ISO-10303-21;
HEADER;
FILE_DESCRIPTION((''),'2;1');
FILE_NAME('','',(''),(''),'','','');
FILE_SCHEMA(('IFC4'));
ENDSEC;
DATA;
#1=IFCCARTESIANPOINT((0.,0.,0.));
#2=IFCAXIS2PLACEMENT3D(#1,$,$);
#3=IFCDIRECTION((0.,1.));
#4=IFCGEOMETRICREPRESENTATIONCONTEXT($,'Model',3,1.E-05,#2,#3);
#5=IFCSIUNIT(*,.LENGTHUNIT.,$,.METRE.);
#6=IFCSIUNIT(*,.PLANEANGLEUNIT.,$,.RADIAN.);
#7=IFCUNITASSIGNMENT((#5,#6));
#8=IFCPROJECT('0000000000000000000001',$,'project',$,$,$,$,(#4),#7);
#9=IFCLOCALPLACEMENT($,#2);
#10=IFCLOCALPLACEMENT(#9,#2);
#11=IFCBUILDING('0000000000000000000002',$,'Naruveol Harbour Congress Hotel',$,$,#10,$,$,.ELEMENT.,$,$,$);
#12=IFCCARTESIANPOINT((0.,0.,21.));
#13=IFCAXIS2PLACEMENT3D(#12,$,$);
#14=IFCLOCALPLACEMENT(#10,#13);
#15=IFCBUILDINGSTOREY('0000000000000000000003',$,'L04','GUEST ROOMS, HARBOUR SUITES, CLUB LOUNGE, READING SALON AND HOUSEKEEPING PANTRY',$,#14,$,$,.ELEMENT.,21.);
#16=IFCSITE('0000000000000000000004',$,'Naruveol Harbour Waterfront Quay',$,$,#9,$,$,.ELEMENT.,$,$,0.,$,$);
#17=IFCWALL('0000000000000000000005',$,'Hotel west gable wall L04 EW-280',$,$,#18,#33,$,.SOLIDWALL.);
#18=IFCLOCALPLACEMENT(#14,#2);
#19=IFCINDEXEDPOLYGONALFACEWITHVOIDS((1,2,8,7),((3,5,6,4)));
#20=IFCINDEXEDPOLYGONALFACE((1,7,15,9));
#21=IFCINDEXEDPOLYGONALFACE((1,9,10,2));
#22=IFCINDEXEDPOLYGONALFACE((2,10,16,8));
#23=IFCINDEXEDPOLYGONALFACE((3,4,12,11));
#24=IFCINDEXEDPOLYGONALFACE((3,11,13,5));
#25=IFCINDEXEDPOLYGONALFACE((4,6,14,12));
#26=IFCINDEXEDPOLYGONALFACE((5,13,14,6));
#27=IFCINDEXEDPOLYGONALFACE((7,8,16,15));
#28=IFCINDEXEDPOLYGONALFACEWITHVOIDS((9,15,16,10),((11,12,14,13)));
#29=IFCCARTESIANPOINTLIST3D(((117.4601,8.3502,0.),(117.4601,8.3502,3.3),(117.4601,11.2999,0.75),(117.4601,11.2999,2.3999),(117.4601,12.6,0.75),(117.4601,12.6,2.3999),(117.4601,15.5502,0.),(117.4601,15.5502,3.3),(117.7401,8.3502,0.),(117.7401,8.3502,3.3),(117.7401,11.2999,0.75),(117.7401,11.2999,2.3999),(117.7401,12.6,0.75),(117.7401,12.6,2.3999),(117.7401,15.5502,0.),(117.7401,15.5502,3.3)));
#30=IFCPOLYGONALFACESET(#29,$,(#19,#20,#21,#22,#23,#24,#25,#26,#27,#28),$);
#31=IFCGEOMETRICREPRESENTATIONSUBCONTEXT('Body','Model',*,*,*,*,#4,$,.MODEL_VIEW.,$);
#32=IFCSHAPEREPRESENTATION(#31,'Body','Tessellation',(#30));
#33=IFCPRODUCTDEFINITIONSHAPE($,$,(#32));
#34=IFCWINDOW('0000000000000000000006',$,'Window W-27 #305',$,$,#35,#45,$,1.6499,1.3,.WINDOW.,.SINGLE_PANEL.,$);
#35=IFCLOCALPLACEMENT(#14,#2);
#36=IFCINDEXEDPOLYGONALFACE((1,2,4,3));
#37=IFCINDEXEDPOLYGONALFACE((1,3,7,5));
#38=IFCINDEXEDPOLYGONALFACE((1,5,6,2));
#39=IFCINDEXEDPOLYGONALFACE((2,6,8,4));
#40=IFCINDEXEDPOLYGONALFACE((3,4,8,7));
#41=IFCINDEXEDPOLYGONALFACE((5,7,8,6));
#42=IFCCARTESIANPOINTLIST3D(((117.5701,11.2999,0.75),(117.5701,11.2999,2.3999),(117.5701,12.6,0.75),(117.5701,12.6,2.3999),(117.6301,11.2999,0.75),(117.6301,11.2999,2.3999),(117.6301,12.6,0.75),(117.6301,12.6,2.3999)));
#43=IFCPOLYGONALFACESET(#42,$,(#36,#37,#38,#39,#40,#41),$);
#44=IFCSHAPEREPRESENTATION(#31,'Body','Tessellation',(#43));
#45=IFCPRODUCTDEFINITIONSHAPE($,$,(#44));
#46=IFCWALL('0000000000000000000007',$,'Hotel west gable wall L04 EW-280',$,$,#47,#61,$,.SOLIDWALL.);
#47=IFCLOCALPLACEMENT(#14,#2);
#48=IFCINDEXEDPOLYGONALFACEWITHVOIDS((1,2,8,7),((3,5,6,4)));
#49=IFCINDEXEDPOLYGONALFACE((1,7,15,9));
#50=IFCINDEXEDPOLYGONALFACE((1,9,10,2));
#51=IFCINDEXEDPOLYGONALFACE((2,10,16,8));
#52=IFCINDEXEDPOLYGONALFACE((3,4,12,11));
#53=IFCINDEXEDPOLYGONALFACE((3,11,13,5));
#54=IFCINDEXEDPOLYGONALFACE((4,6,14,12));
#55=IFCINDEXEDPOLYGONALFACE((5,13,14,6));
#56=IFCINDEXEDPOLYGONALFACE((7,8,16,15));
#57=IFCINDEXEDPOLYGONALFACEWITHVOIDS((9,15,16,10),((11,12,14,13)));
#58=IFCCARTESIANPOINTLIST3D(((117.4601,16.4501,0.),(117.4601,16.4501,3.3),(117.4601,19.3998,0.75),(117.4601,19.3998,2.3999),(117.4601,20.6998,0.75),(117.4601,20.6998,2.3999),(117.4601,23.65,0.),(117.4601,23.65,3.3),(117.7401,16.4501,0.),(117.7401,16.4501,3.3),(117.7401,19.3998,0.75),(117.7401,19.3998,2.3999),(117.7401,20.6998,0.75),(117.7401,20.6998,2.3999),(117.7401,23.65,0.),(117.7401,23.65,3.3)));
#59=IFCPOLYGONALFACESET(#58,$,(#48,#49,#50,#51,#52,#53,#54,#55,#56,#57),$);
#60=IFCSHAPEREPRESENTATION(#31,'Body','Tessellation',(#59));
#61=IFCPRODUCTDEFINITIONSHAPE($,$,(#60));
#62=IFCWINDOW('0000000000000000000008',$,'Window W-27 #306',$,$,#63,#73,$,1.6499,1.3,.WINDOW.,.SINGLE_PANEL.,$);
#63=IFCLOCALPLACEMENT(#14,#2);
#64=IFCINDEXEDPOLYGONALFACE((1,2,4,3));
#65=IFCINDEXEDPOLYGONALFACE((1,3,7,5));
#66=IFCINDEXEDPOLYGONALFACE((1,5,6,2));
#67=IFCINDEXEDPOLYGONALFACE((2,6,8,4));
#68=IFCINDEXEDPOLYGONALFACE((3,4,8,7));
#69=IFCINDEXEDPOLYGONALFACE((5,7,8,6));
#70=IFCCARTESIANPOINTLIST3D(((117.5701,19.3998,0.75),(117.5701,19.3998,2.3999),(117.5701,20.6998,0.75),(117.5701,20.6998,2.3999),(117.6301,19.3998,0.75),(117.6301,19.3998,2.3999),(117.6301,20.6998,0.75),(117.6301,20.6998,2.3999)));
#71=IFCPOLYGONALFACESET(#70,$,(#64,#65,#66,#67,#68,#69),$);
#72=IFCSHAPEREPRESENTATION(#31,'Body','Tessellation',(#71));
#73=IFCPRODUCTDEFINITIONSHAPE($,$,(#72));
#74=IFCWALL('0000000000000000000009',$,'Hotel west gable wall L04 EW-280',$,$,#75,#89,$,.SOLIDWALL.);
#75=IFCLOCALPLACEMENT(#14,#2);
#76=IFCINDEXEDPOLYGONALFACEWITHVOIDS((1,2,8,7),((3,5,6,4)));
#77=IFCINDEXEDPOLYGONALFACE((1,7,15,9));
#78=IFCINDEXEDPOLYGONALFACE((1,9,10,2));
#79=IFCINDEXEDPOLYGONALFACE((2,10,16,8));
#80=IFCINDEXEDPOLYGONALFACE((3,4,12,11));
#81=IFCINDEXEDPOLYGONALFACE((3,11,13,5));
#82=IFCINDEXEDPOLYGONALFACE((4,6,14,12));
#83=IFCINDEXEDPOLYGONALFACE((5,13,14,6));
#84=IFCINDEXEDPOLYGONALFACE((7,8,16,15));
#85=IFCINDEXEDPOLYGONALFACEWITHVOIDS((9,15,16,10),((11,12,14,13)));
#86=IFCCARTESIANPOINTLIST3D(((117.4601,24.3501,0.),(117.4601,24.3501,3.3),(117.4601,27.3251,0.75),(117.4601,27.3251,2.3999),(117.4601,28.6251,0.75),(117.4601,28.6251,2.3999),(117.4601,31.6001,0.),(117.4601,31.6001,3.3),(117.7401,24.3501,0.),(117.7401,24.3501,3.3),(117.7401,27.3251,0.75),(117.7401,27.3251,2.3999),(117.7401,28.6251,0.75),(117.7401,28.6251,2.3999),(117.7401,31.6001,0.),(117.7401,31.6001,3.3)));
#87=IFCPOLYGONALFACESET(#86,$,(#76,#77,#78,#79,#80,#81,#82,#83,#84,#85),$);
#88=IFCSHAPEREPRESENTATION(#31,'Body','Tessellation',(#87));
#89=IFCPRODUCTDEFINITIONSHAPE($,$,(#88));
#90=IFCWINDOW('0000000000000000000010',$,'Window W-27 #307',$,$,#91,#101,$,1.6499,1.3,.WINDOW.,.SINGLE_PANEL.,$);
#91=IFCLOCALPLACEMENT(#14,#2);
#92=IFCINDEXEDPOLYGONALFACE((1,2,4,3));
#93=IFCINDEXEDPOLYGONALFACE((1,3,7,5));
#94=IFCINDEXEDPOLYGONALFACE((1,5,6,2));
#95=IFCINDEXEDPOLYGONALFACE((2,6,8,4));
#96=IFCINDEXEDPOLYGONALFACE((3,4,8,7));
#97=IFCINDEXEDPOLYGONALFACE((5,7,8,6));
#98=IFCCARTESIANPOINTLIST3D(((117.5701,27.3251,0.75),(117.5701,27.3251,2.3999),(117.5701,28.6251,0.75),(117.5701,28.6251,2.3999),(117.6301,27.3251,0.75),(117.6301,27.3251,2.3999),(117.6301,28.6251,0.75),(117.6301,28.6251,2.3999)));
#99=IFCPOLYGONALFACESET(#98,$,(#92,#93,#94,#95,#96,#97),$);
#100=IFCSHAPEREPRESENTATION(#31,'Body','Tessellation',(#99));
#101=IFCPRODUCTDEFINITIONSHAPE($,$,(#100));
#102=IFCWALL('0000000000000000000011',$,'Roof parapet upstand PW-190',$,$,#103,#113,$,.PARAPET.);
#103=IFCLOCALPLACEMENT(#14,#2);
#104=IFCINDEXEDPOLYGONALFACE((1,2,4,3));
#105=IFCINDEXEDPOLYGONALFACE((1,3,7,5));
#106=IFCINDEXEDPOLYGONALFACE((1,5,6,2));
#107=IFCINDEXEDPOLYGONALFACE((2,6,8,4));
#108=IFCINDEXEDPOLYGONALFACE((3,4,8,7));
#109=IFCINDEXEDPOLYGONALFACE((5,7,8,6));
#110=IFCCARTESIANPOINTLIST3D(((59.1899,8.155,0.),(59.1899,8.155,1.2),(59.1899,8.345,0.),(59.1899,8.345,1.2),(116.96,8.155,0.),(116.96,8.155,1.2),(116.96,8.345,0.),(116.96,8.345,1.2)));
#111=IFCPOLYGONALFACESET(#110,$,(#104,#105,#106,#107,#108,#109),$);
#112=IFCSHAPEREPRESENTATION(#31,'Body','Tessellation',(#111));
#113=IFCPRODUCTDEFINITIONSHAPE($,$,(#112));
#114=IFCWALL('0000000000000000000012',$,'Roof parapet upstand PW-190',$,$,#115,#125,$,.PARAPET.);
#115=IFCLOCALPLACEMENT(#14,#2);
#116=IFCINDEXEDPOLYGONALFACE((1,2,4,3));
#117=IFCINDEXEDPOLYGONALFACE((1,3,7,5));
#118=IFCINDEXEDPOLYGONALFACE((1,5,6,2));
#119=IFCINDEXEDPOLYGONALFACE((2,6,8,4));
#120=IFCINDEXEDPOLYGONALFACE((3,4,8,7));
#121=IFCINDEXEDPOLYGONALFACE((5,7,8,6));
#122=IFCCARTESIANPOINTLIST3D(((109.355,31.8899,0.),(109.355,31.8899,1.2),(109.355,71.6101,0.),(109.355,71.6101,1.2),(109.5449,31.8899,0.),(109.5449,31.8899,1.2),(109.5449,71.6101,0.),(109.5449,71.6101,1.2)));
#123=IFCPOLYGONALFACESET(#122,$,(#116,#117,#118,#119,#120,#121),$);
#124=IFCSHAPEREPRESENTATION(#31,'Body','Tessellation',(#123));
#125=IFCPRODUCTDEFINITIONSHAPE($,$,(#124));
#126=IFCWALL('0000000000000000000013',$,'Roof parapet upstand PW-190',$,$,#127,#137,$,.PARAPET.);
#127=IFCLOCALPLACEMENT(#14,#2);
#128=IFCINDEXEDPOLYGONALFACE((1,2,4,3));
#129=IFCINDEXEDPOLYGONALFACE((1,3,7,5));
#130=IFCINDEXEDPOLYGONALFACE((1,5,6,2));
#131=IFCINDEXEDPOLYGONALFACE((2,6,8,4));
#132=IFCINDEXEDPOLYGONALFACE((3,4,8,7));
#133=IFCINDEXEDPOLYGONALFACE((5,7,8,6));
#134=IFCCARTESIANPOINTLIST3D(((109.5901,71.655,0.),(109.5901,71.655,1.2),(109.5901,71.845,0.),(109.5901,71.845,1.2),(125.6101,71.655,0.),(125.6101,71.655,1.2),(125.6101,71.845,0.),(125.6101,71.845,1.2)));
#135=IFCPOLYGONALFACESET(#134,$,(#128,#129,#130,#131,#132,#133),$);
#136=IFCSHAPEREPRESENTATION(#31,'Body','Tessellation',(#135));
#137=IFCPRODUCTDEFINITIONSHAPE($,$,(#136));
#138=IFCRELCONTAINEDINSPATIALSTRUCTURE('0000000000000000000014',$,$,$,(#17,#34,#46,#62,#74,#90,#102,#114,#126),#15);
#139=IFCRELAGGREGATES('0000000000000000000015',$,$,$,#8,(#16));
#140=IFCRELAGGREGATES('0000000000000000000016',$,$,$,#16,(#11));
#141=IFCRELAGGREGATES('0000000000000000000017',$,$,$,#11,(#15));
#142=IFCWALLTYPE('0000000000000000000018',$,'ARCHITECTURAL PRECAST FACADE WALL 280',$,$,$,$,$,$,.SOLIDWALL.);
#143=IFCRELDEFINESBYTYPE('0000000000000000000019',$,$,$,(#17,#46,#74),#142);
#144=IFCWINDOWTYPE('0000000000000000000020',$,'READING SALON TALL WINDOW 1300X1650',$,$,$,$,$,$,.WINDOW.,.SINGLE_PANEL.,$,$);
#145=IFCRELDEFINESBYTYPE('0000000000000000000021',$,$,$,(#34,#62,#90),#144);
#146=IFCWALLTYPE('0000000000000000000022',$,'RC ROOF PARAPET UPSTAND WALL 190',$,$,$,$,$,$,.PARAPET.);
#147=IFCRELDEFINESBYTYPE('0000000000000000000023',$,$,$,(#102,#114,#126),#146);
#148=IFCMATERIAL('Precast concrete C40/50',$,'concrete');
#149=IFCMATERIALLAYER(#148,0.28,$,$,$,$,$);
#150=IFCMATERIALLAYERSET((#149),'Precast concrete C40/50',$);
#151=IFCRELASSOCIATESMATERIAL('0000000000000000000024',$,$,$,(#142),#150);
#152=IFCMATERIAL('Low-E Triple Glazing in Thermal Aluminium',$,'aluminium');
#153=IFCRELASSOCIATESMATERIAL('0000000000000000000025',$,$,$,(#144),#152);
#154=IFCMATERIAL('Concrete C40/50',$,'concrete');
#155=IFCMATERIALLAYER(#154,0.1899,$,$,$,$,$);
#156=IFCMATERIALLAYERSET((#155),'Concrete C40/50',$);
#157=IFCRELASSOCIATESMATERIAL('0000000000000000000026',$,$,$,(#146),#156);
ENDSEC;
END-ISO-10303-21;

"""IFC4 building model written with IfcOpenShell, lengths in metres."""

from ifc_helpers import new_model, si_unit, direction, frame, frame_2d, origin, place, context, subcontext, project, spatial, rectangle, extrude, material, layer, layer_set, type_object, element, fill, save


model = new_model("IFC4")

# Units and contexts
model_context = context("Model", 3, precision=1e-05, world=origin(), true_north=direction((0.0, 1.0)))
body_context = subcontext(model_context, "Body", "Model", "MODEL_VIEW")
ifc_project = project(units=[si_unit("LENGTHUNIT", "METRE"), si_unit("PLANEANGLEUNIT", "RADIAN")], contexts=[model_context])

# Site, building, storey
site_placement = place(None, origin())
site = spatial("IfcSite", under=ifc_project, at=site_placement, Name="Naruveol Harbour Waterfront Quay", CompositionType="ELEMENT", RefElevation=0.0)
building_placement = place(site_placement, origin())
building = spatial("IfcBuilding", under=site, at=building_placement, Name="Naruveol Harbour Congress Hotel", CompositionType="ELEMENT")
storey_placement = place(building_placement, frame((0.0, 0.0, 21.0)))
storey = spatial("IfcBuildingStorey", under=building, at=storey_placement, Name="L04", Description="GUEST ROOMS, HARBOUR SUITES, CLUB LOUNGE, READING SALON AND HOUSEKEEPING PANTRY", CompositionType="ELEMENT", Elevation=21.0)

# Walls, openings, windows
ifc_material_1 = material(Name="Precast concrete C40/50", Category="concrete")
ifc_layer_1 = layer(ifc_material_1, 0.28)
ifc_layer_set_1 = layer_set([ifc_layer_1], Name="Precast concrete C40/50")
wall_type_1 = type_object("IfcWallType", Name="ARCHITECTURAL PRECAST FACADE WALL 280", PredefinedType="SOLIDWALL", material=ifc_layer_set_1)
ifc_material_2 = material(Name="Low-E Triple Glazing in Thermal Aluminium", Category="aluminium")
window_type = type_object("IfcWindowType", Name="READING SALON TALL WINDOW 1300X1650", PartitioningType="SINGLE_PANEL", PredefinedType="WINDOW", material=ifc_material_2)
wall_1_placement = place(storey_placement, frame((117.6001, 8.3501, 0.0), z_axis=(0.0, 0.0, 1.0), x_axis=(0.0, 1.0, 0.0)))
wall_1 = element("IfcWall", 1, at=wall_1_placement, inside=storey, type_object=wall_type_1, Name="Hotel west gable wall L04 EW-280", PredefinedType="SOLIDWALL", context=body_context, shape_type="SweptSolid", body=[
    extrude(rectangle(XDim=7.2, YDim=0.28, at=frame_2d((3.6001, 0.0))), origin(), (0.0, 0.0, 1.0), 3.3),
])
opening_1_placement = place(wall_1_placement, frame((2.95, 0.0, 0.75)))
opening_1 = element("IfcOpeningElement", 2, at=opening_1_placement, cuts=wall_1, PredefinedType="OPENING", context=body_context, shape_type="SweptSolid", body=[
    extrude(rectangle(XDim=1.3, YDim=1.6499, at=frame_2d((0.6499, 0.825))), frame((0.0, 0.1499, 0.0), z_axis=(0.0, -1.0, 0.0), x_axis=(1.0, 0.0, 0.0)), (0.0, 0.0, 1.0), 0.3),
])
window_1_placement = place(opening_1_placement, origin())
window_1 = element("IfcWindow", 3, at=window_1_placement, inside=storey, type_object=window_type, Name="Window W-27 #305", OverallHeight=1.6499, OverallWidth=1.3, PartitioningType="SINGLE_PANEL", PredefinedType="WINDOW", context=body_context, shape_type="SweptSolid", body=[
    extrude(rectangle(XDim=1.3, YDim=1.6499, at=frame_2d((0.6499, 0.825))), frame((0.0, 0.03, 0.0), z_axis=(0.0, -1.0, 0.0), x_axis=(1.0, 0.0, 0.0)), (0.0, 0.0, 1.0), 0.0601),
])
fill(opening_1, window_1)
wall_2_placement = place(storey_placement, frame((117.6001, 16.45, 0.0), z_axis=(0.0, 0.0, 1.0), x_axis=(0.0, 1.0, 0.0)))
wall_2 = element("IfcWall", 4, at=wall_2_placement, inside=storey, type_object=wall_type_1, Name="Hotel west gable wall L04 EW-280", PredefinedType="SOLIDWALL", context=body_context, shape_type="SweptSolid", body=[
    extrude(rectangle(XDim=7.2, YDim=0.28, at=frame_2d((3.6001, 0.0))), origin(), (0.0, 0.0, 1.0), 3.3),
])
opening_2_placement = place(wall_2_placement, frame((2.95, 0.0, 0.75)))
opening_2 = element("IfcOpeningElement", 5, at=opening_2_placement, cuts=wall_2, PredefinedType="OPENING", context=body_context, shape_type="SweptSolid", body=[
    extrude(rectangle(XDim=1.3, YDim=1.6499, at=frame_2d((0.6499, 0.825))), frame((0.0, 0.1499, 0.0), z_axis=(0.0, -1.0, 0.0), x_axis=(1.0, 0.0, 0.0)), (0.0, 0.0, 1.0), 0.3),
])
window_2_placement = place(opening_2_placement, origin())
window_2 = element("IfcWindow", 6, at=window_2_placement, inside=storey, type_object=window_type, Name="Window W-27 #306", OverallHeight=1.6499, OverallWidth=1.3, PartitioningType="SINGLE_PANEL", PredefinedType="WINDOW", context=body_context, shape_type="SweptSolid", body=[
    extrude(rectangle(XDim=1.3, YDim=1.6499, at=frame_2d((0.6499, 0.825))), frame((0.0, 0.03, 0.0), z_axis=(0.0, -1.0, 0.0), x_axis=(1.0, 0.0, 0.0)), (0.0, 0.0, 1.0), 0.0601),
])
fill(opening_2, window_2)
wall_3_placement = place(storey_placement, frame((117.6001, 24.3501, 0.0), z_axis=(0.0, 0.0, 1.0), x_axis=(0.0, 1.0, 0.0)))
wall_3 = element("IfcWall", 7, at=wall_3_placement, inside=storey, type_object=wall_type_1, Name="Hotel west gable wall L04 EW-280", PredefinedType="SOLIDWALL", context=body_context, shape_type="SweptSolid", body=[
    extrude(rectangle(XDim=7.25, YDim=0.28, at=frame_2d((3.625, 0.0))), origin(), (0.0, 0.0, 1.0), 3.3),
])
opening_3_placement = place(wall_3_placement, frame((2.9751, 0.0, 0.75)))
opening_3 = element("IfcOpeningElement", 8, at=opening_3_placement, cuts=wall_3, PredefinedType="OPENING", context=body_context, shape_type="SweptSolid", body=[
    extrude(rectangle(XDim=1.3, YDim=1.6499, at=frame_2d((0.6499, 0.825))), frame((0.0, 0.1499, 0.0), z_axis=(0.0, -1.0, 0.0), x_axis=(1.0, 0.0, 0.0)), (0.0, 0.0, 1.0), 0.3),
])
window_3_placement = place(opening_3_placement, origin())
window_3 = element("IfcWindow", 9, at=window_3_placement, inside=storey, type_object=window_type, Name="Window W-27 #307", OverallHeight=1.6499, OverallWidth=1.3, PartitioningType="SINGLE_PANEL", PredefinedType="WINDOW", context=body_context, shape_type="SweptSolid", body=[
    extrude(rectangle(XDim=1.3, YDim=1.6499, at=frame_2d((0.6499, 0.825))), frame((0.0, 0.03, 0.0), z_axis=(0.0, -1.0, 0.0), x_axis=(1.0, 0.0, 0.0)), (0.0, 0.0, 1.0), 0.0601),
])
fill(opening_3, window_3)

# Walls
ifc_material_3 = material(Name="Concrete C40/50", Category="concrete")
ifc_layer_2 = layer(ifc_material_3, 0.1899)
ifc_layer_set_2 = layer_set([ifc_layer_2], Name="Concrete C40/50")
wall_type_2 = type_object("IfcWallType", Name="RC ROOF PARAPET UPSTAND WALL 190", PredefinedType="PARAPET", material=ifc_layer_set_2)
wall_4_placement = place(storey_placement, frame((116.96, 8.25, 0.0), z_axis=(0.0, 0.0, 1.0), x_axis=(-1.0, 0.0, 0.0)))
element("IfcWall", 10, at=wall_4_placement, inside=storey, type_object=wall_type_2, Name="Roof parapet upstand PW-190", PredefinedType="PARAPET", context=body_context, shape_type="SweptSolid", body=[
    extrude(rectangle(XDim=57.77, YDim=0.1899, at=frame_2d((28.885, 0.0))), origin(), (0.0, 0.0, 1.0), 1.2),
])
wall_5_placement = place(storey_placement, frame((109.45, 31.8899, 0.0), z_axis=(0.0, 0.0, 1.0), x_axis=(0.0, 1.0, 0.0)))
element("IfcWall", 11, at=wall_5_placement, inside=storey, type_object=wall_type_2, Name="Roof parapet upstand PW-190", PredefinedType="PARAPET", context=body_context, shape_type="SweptSolid", body=[
    extrude(rectangle(XDim=39.7202, YDim=0.1899, at=frame_2d((19.8601, 0.0))), origin(), (0.0, 0.0, 1.0), 1.2),
])
wall_6_placement = place(storey_placement, frame((109.5901, 71.75, 0.0), z_axis=(0.0, 0.0, 1.0), x_axis=(1.0, 0.0, 0.0)))
element("IfcWall", 12, at=wall_6_placement, inside=storey, type_object=wall_type_2, Name="Roof parapet upstand PW-190", PredefinedType="PARAPET", context=body_context, shape_type="SweptSolid", body=[
    extrude(rectangle(XDim=16.02, YDim=0.1899, at=frame_2d((8.01, 0.0))), origin(), (0.0, 0.0, 1.0), 1.2),
])

save(model, "model.ifc")
